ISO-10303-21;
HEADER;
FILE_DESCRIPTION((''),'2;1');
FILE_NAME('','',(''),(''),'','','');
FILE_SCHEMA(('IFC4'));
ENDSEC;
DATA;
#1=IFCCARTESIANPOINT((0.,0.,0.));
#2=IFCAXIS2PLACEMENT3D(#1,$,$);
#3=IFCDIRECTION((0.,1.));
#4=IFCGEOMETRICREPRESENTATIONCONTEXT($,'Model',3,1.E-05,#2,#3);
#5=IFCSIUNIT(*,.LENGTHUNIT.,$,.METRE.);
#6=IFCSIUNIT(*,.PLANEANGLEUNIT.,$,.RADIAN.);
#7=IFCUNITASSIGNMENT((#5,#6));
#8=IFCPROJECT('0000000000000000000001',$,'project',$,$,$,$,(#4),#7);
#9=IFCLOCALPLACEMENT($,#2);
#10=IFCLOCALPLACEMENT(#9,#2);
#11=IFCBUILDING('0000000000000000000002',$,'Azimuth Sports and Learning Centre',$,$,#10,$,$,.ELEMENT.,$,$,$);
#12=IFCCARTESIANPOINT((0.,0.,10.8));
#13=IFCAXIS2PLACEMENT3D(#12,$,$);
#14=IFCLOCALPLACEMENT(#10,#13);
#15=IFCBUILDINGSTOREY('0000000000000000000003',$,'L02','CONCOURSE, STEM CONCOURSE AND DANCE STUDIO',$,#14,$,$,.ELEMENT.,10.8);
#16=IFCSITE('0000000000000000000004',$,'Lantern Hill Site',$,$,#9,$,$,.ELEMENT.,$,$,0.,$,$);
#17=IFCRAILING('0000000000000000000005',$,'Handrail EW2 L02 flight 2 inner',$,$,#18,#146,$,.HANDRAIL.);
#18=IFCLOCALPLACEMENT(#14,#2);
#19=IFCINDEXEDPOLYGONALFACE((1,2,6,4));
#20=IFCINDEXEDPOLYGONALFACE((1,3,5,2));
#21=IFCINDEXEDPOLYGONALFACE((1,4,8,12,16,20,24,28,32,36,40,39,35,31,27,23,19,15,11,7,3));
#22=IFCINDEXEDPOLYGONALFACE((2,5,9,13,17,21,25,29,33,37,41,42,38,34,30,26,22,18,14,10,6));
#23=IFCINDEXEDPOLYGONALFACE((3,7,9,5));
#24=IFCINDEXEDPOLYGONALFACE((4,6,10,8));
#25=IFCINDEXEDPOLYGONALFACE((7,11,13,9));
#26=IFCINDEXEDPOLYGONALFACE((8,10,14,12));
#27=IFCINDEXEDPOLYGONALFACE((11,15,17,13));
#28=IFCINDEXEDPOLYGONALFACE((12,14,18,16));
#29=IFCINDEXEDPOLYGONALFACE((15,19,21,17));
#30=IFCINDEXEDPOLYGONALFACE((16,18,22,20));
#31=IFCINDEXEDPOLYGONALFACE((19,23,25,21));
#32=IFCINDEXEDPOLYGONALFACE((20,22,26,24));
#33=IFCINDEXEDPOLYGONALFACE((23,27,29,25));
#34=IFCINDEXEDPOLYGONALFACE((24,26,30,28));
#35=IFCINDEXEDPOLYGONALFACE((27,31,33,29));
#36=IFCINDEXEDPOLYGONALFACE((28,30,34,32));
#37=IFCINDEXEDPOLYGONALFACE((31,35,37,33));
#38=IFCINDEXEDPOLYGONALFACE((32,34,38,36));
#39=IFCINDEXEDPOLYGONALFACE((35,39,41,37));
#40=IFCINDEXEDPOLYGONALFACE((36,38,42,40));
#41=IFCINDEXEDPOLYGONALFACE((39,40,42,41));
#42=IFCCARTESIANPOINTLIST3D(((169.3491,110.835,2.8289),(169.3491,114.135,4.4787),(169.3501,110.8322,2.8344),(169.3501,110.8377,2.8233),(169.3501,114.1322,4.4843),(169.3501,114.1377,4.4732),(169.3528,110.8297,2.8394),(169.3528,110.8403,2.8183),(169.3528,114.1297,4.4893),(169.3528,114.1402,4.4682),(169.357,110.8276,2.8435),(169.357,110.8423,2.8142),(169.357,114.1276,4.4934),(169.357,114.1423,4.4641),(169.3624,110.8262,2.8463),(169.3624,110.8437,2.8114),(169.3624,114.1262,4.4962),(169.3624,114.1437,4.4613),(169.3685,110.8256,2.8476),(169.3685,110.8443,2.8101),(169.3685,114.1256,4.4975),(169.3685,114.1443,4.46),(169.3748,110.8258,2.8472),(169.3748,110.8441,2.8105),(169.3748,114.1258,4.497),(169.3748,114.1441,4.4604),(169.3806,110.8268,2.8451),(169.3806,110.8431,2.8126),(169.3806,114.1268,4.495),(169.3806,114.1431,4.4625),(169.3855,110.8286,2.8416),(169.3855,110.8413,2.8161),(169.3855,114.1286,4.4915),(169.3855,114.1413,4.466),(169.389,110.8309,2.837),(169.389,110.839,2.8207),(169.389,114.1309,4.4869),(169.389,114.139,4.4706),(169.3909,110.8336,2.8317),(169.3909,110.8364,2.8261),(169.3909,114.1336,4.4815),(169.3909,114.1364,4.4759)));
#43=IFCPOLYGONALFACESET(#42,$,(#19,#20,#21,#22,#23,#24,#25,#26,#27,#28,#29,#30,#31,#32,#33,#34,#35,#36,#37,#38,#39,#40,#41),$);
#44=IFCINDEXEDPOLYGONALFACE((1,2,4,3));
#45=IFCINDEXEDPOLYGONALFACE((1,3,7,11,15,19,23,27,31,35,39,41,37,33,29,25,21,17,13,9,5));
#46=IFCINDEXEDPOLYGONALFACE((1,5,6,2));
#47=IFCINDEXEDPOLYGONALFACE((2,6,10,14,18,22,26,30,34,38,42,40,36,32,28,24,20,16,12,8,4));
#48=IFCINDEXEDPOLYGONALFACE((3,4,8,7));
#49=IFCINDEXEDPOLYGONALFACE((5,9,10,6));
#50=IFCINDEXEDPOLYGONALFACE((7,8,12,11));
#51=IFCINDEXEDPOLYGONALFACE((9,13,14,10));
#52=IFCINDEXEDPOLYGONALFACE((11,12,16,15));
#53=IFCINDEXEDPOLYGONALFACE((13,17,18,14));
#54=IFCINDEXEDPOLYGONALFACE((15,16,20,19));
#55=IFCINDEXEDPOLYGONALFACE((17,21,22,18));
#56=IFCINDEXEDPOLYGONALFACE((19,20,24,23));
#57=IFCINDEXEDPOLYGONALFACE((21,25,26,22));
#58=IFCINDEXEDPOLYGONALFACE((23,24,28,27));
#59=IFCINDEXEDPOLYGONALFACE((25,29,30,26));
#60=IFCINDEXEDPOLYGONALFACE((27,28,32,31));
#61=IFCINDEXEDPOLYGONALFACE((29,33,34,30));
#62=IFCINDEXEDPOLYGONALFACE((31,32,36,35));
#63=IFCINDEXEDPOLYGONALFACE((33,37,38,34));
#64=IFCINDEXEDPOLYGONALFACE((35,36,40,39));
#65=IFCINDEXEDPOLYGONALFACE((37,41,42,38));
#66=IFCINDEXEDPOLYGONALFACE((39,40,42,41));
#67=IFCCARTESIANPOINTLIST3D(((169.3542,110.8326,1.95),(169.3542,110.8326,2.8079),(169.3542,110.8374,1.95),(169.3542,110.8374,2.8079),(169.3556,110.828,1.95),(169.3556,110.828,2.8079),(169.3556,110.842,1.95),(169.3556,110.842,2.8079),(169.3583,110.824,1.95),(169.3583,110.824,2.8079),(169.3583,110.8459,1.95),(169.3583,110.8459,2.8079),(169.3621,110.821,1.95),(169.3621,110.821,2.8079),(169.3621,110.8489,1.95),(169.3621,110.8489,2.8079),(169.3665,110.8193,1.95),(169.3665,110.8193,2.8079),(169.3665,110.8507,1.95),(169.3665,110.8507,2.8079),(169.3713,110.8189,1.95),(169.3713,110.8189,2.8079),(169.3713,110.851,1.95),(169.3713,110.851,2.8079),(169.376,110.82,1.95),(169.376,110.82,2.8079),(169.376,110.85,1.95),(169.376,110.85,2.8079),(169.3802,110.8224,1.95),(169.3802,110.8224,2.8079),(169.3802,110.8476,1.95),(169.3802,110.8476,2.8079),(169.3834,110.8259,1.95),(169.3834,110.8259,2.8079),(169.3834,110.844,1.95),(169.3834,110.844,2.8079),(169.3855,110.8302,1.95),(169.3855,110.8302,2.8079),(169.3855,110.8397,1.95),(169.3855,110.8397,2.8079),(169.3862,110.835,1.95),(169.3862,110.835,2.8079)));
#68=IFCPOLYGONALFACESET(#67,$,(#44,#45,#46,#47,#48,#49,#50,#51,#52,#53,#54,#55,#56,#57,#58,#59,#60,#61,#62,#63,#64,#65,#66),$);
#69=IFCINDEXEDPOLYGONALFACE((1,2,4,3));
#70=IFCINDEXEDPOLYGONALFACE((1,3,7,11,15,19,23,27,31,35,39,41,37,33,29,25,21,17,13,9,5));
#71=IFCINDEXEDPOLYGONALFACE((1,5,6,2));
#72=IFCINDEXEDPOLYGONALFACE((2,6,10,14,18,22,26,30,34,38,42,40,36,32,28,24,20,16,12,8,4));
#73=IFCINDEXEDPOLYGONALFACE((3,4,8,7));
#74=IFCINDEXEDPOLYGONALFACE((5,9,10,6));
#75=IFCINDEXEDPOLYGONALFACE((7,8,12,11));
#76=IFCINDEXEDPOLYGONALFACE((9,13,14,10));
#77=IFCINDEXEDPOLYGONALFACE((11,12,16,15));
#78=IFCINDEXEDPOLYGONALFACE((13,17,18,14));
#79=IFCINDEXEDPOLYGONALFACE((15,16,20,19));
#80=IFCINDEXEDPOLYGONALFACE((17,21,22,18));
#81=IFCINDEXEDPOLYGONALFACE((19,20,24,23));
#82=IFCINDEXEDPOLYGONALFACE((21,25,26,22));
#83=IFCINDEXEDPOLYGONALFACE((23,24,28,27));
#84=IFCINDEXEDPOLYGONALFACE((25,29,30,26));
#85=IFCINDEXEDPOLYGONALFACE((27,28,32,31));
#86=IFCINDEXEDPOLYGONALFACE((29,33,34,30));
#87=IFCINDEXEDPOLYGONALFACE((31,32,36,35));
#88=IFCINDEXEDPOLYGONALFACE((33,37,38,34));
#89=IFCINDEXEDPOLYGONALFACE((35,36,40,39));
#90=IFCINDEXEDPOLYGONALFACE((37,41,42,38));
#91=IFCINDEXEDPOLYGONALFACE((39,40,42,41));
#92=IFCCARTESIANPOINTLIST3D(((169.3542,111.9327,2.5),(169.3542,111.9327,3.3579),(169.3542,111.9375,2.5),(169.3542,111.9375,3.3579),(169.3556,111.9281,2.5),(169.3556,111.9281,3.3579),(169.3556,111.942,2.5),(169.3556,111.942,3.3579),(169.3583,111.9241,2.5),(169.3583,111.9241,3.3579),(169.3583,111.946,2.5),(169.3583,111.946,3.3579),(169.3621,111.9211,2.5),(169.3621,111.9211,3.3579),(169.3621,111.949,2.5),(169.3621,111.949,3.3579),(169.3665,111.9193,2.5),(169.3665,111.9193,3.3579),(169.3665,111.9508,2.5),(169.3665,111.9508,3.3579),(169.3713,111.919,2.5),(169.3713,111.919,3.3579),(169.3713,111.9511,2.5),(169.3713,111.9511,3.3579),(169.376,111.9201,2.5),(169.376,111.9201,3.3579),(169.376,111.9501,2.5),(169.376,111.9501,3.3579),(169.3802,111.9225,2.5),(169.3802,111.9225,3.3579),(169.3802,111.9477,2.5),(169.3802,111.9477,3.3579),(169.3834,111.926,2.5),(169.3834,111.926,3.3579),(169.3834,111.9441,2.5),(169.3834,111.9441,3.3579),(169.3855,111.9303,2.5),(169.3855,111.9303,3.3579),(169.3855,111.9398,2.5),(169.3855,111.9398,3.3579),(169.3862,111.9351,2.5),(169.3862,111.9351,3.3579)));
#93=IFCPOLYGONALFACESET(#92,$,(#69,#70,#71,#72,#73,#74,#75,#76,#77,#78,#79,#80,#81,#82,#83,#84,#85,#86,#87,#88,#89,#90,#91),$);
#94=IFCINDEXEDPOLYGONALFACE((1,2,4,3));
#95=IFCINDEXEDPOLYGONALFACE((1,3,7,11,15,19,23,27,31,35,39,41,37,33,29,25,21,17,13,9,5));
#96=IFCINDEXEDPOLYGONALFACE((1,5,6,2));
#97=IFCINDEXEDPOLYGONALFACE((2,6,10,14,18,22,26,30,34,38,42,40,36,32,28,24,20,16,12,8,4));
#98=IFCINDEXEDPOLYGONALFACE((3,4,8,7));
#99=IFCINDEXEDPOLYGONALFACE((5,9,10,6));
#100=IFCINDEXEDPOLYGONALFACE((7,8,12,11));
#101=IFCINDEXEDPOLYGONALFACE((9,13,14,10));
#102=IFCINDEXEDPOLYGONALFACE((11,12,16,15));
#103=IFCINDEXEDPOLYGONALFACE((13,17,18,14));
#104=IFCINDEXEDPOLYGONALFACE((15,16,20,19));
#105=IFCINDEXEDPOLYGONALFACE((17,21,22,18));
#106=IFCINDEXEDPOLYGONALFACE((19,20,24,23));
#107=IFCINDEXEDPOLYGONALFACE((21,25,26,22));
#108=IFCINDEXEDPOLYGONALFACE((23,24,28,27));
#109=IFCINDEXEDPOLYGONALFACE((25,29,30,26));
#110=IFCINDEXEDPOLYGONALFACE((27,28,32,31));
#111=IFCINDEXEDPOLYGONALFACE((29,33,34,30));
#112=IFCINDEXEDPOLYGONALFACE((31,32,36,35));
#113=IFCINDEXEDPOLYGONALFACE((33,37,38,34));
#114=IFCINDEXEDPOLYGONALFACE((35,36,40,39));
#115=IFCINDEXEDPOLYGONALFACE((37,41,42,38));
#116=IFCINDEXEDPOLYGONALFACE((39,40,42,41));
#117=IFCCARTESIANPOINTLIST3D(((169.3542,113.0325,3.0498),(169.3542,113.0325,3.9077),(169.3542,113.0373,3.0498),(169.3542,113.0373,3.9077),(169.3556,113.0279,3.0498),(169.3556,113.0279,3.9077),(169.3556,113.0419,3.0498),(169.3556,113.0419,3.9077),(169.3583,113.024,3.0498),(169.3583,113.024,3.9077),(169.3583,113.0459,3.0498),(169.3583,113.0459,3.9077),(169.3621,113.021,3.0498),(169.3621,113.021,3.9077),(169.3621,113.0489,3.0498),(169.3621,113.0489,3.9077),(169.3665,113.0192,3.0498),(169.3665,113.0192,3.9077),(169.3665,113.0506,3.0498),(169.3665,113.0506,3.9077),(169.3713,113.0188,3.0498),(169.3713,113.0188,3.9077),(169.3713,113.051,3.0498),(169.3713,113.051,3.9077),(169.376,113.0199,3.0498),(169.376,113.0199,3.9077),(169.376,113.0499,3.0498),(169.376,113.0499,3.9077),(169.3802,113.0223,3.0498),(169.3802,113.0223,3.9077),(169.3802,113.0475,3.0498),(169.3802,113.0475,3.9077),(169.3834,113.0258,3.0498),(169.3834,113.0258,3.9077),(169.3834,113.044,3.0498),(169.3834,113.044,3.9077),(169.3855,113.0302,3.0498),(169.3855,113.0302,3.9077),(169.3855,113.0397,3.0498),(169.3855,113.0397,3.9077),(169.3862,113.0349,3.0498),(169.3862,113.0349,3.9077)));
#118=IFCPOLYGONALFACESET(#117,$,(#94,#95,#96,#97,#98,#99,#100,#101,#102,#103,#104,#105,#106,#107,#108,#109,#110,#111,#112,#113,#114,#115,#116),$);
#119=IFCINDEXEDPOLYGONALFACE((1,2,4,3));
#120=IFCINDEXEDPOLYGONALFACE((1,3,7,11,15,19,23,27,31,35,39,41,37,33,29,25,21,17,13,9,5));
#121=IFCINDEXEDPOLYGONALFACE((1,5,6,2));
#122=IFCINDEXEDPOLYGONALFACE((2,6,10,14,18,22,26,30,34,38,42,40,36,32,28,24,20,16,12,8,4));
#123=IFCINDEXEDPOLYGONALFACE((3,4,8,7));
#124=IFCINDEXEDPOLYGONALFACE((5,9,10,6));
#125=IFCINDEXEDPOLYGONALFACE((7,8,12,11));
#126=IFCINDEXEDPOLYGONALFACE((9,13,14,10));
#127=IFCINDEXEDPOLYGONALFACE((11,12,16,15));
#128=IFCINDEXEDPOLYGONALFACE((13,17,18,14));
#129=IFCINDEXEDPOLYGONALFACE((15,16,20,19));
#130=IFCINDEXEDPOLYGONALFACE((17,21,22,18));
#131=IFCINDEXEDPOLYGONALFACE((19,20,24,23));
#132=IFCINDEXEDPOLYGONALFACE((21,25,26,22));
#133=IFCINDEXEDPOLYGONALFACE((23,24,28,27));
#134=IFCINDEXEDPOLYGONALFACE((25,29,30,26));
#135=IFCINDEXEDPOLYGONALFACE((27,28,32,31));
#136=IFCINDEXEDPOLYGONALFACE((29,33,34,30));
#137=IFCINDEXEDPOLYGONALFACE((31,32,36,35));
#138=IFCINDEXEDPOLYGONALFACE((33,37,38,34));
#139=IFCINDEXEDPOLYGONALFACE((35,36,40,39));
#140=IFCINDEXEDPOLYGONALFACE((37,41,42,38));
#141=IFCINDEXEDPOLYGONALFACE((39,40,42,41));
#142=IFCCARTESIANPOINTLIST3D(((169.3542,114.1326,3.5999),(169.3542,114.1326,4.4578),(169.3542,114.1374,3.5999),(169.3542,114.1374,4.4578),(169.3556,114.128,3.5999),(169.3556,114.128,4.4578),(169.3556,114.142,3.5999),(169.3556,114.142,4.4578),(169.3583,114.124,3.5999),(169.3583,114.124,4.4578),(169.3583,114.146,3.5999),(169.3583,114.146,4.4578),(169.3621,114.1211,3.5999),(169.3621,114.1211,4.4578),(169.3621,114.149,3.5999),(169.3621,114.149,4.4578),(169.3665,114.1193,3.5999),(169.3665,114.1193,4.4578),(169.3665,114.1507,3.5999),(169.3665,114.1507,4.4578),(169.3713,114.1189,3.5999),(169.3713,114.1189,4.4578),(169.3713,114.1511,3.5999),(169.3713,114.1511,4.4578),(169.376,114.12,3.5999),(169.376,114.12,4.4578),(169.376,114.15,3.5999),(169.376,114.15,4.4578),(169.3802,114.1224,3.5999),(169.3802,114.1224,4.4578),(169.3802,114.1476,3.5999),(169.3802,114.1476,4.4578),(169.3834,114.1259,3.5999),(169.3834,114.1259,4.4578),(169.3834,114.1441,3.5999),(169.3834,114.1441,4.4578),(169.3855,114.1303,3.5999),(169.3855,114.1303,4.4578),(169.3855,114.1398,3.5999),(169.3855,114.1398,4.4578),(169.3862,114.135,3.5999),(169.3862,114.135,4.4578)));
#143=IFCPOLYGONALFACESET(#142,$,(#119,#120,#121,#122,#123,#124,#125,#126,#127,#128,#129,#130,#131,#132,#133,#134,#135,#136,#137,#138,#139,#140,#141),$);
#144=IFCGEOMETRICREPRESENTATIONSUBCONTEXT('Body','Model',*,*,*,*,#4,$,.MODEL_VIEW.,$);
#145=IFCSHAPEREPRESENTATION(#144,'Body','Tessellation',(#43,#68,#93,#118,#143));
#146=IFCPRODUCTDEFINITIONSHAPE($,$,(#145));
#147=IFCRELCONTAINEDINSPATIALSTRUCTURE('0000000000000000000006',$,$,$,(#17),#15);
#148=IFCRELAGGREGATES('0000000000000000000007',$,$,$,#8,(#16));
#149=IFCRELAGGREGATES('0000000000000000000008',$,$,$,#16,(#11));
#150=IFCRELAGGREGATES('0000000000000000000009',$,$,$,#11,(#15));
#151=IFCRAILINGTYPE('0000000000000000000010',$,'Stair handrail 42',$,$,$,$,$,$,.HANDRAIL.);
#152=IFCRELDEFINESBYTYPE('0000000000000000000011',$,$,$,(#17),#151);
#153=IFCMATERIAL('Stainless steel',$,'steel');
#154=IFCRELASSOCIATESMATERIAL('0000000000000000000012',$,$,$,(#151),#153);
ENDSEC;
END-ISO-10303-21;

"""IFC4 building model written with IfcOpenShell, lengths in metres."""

from ifc_helpers import new_model, si_unit, direction, frame, origin, origin_2d, place, context, subcontext, project, spatial, circle, extrude, material, type_object, element, save


model = new_model("IFC4")

# Units and contexts
model_context = context("Model", 3, precision=1e-05, world=origin(), true_north=direction((0.0, 1.0)))
body_context = subcontext(model_context, "Body", "Model", "MODEL_VIEW")
ifc_project = project(units=[si_unit("LENGTHUNIT", "METRE"), si_unit("PLANEANGLEUNIT", "RADIAN")], contexts=[model_context])

# Site, building, storey
site_placement = place(None, origin())
site = spatial("IfcSite", under=ifc_project, at=site_placement, Name="Lantern Hill Site", CompositionType="ELEMENT", RefElevation=0.0)
building_placement = place(site_placement, origin())
building = spatial("IfcBuilding", under=site, at=building_placement, Name="Azimuth Sports and Learning Centre", CompositionType="ELEMENT")
storey_placement = place(building_placement, frame((0.0, 0.0, 10.8)))
storey = spatial("IfcBuildingStorey", under=building, at=storey_placement, Name="L02", Description="CONCOURSE, STEM CONCOURSE AND DANCE STUDIO", CompositionType="ELEMENT", Elevation=10.8)

# Railing
ifc_material_1 = material(Name="Stainless steel", Category="steel")
railing_type_1 = type_object("IfcRailingType", Name="Stair handrail 42", PredefinedType="HANDRAIL", material=ifc_material_1)
for number, where, name in (
    (1, (169.3701, 110.835, 1.95), "Handrail EW2 L02 flight 2 inner"),
):
    element("IfcRailing", number, at=place(storey_placement, frame(where)), inside=storey, type_object=railing_type_1, Name=name, PredefinedType="HANDRAIL", context=body_context, shape_type="SweptSolid", body=[
        extrude(circle(Radius=0.021, at=origin_2d()), frame((0.0, 0.0, 0.8789), z_axis=(0.0, 0.89444, 0.447187), x_axis=(-1.0, 0.0, 0.0)), (0.0, 0.0, 1.0), 3.6895),
        extrude(circle(Radius=0.0161, at=origin_2d()), origin(), (0.0, 0.0, 1.0), 0.8579),
        extrude(circle(Radius=0.0161, at=origin_2d()), frame((0.0, 1.1001, 0.55)), (0.0, 0.0, 1.0), 0.8579),
        extrude(circle(Radius=0.0161, at=origin_2d()), frame((0.0, 2.2, 1.0999)), (0.0, 0.0, 1.0), 0.8579),
        extrude(circle(Radius=0.0161, at=origin_2d()), frame((0.0, 3.3, 1.6499)), (0.0, 0.0, 1.0), 0.8579),
    ])

save(model, "model.ifc")
